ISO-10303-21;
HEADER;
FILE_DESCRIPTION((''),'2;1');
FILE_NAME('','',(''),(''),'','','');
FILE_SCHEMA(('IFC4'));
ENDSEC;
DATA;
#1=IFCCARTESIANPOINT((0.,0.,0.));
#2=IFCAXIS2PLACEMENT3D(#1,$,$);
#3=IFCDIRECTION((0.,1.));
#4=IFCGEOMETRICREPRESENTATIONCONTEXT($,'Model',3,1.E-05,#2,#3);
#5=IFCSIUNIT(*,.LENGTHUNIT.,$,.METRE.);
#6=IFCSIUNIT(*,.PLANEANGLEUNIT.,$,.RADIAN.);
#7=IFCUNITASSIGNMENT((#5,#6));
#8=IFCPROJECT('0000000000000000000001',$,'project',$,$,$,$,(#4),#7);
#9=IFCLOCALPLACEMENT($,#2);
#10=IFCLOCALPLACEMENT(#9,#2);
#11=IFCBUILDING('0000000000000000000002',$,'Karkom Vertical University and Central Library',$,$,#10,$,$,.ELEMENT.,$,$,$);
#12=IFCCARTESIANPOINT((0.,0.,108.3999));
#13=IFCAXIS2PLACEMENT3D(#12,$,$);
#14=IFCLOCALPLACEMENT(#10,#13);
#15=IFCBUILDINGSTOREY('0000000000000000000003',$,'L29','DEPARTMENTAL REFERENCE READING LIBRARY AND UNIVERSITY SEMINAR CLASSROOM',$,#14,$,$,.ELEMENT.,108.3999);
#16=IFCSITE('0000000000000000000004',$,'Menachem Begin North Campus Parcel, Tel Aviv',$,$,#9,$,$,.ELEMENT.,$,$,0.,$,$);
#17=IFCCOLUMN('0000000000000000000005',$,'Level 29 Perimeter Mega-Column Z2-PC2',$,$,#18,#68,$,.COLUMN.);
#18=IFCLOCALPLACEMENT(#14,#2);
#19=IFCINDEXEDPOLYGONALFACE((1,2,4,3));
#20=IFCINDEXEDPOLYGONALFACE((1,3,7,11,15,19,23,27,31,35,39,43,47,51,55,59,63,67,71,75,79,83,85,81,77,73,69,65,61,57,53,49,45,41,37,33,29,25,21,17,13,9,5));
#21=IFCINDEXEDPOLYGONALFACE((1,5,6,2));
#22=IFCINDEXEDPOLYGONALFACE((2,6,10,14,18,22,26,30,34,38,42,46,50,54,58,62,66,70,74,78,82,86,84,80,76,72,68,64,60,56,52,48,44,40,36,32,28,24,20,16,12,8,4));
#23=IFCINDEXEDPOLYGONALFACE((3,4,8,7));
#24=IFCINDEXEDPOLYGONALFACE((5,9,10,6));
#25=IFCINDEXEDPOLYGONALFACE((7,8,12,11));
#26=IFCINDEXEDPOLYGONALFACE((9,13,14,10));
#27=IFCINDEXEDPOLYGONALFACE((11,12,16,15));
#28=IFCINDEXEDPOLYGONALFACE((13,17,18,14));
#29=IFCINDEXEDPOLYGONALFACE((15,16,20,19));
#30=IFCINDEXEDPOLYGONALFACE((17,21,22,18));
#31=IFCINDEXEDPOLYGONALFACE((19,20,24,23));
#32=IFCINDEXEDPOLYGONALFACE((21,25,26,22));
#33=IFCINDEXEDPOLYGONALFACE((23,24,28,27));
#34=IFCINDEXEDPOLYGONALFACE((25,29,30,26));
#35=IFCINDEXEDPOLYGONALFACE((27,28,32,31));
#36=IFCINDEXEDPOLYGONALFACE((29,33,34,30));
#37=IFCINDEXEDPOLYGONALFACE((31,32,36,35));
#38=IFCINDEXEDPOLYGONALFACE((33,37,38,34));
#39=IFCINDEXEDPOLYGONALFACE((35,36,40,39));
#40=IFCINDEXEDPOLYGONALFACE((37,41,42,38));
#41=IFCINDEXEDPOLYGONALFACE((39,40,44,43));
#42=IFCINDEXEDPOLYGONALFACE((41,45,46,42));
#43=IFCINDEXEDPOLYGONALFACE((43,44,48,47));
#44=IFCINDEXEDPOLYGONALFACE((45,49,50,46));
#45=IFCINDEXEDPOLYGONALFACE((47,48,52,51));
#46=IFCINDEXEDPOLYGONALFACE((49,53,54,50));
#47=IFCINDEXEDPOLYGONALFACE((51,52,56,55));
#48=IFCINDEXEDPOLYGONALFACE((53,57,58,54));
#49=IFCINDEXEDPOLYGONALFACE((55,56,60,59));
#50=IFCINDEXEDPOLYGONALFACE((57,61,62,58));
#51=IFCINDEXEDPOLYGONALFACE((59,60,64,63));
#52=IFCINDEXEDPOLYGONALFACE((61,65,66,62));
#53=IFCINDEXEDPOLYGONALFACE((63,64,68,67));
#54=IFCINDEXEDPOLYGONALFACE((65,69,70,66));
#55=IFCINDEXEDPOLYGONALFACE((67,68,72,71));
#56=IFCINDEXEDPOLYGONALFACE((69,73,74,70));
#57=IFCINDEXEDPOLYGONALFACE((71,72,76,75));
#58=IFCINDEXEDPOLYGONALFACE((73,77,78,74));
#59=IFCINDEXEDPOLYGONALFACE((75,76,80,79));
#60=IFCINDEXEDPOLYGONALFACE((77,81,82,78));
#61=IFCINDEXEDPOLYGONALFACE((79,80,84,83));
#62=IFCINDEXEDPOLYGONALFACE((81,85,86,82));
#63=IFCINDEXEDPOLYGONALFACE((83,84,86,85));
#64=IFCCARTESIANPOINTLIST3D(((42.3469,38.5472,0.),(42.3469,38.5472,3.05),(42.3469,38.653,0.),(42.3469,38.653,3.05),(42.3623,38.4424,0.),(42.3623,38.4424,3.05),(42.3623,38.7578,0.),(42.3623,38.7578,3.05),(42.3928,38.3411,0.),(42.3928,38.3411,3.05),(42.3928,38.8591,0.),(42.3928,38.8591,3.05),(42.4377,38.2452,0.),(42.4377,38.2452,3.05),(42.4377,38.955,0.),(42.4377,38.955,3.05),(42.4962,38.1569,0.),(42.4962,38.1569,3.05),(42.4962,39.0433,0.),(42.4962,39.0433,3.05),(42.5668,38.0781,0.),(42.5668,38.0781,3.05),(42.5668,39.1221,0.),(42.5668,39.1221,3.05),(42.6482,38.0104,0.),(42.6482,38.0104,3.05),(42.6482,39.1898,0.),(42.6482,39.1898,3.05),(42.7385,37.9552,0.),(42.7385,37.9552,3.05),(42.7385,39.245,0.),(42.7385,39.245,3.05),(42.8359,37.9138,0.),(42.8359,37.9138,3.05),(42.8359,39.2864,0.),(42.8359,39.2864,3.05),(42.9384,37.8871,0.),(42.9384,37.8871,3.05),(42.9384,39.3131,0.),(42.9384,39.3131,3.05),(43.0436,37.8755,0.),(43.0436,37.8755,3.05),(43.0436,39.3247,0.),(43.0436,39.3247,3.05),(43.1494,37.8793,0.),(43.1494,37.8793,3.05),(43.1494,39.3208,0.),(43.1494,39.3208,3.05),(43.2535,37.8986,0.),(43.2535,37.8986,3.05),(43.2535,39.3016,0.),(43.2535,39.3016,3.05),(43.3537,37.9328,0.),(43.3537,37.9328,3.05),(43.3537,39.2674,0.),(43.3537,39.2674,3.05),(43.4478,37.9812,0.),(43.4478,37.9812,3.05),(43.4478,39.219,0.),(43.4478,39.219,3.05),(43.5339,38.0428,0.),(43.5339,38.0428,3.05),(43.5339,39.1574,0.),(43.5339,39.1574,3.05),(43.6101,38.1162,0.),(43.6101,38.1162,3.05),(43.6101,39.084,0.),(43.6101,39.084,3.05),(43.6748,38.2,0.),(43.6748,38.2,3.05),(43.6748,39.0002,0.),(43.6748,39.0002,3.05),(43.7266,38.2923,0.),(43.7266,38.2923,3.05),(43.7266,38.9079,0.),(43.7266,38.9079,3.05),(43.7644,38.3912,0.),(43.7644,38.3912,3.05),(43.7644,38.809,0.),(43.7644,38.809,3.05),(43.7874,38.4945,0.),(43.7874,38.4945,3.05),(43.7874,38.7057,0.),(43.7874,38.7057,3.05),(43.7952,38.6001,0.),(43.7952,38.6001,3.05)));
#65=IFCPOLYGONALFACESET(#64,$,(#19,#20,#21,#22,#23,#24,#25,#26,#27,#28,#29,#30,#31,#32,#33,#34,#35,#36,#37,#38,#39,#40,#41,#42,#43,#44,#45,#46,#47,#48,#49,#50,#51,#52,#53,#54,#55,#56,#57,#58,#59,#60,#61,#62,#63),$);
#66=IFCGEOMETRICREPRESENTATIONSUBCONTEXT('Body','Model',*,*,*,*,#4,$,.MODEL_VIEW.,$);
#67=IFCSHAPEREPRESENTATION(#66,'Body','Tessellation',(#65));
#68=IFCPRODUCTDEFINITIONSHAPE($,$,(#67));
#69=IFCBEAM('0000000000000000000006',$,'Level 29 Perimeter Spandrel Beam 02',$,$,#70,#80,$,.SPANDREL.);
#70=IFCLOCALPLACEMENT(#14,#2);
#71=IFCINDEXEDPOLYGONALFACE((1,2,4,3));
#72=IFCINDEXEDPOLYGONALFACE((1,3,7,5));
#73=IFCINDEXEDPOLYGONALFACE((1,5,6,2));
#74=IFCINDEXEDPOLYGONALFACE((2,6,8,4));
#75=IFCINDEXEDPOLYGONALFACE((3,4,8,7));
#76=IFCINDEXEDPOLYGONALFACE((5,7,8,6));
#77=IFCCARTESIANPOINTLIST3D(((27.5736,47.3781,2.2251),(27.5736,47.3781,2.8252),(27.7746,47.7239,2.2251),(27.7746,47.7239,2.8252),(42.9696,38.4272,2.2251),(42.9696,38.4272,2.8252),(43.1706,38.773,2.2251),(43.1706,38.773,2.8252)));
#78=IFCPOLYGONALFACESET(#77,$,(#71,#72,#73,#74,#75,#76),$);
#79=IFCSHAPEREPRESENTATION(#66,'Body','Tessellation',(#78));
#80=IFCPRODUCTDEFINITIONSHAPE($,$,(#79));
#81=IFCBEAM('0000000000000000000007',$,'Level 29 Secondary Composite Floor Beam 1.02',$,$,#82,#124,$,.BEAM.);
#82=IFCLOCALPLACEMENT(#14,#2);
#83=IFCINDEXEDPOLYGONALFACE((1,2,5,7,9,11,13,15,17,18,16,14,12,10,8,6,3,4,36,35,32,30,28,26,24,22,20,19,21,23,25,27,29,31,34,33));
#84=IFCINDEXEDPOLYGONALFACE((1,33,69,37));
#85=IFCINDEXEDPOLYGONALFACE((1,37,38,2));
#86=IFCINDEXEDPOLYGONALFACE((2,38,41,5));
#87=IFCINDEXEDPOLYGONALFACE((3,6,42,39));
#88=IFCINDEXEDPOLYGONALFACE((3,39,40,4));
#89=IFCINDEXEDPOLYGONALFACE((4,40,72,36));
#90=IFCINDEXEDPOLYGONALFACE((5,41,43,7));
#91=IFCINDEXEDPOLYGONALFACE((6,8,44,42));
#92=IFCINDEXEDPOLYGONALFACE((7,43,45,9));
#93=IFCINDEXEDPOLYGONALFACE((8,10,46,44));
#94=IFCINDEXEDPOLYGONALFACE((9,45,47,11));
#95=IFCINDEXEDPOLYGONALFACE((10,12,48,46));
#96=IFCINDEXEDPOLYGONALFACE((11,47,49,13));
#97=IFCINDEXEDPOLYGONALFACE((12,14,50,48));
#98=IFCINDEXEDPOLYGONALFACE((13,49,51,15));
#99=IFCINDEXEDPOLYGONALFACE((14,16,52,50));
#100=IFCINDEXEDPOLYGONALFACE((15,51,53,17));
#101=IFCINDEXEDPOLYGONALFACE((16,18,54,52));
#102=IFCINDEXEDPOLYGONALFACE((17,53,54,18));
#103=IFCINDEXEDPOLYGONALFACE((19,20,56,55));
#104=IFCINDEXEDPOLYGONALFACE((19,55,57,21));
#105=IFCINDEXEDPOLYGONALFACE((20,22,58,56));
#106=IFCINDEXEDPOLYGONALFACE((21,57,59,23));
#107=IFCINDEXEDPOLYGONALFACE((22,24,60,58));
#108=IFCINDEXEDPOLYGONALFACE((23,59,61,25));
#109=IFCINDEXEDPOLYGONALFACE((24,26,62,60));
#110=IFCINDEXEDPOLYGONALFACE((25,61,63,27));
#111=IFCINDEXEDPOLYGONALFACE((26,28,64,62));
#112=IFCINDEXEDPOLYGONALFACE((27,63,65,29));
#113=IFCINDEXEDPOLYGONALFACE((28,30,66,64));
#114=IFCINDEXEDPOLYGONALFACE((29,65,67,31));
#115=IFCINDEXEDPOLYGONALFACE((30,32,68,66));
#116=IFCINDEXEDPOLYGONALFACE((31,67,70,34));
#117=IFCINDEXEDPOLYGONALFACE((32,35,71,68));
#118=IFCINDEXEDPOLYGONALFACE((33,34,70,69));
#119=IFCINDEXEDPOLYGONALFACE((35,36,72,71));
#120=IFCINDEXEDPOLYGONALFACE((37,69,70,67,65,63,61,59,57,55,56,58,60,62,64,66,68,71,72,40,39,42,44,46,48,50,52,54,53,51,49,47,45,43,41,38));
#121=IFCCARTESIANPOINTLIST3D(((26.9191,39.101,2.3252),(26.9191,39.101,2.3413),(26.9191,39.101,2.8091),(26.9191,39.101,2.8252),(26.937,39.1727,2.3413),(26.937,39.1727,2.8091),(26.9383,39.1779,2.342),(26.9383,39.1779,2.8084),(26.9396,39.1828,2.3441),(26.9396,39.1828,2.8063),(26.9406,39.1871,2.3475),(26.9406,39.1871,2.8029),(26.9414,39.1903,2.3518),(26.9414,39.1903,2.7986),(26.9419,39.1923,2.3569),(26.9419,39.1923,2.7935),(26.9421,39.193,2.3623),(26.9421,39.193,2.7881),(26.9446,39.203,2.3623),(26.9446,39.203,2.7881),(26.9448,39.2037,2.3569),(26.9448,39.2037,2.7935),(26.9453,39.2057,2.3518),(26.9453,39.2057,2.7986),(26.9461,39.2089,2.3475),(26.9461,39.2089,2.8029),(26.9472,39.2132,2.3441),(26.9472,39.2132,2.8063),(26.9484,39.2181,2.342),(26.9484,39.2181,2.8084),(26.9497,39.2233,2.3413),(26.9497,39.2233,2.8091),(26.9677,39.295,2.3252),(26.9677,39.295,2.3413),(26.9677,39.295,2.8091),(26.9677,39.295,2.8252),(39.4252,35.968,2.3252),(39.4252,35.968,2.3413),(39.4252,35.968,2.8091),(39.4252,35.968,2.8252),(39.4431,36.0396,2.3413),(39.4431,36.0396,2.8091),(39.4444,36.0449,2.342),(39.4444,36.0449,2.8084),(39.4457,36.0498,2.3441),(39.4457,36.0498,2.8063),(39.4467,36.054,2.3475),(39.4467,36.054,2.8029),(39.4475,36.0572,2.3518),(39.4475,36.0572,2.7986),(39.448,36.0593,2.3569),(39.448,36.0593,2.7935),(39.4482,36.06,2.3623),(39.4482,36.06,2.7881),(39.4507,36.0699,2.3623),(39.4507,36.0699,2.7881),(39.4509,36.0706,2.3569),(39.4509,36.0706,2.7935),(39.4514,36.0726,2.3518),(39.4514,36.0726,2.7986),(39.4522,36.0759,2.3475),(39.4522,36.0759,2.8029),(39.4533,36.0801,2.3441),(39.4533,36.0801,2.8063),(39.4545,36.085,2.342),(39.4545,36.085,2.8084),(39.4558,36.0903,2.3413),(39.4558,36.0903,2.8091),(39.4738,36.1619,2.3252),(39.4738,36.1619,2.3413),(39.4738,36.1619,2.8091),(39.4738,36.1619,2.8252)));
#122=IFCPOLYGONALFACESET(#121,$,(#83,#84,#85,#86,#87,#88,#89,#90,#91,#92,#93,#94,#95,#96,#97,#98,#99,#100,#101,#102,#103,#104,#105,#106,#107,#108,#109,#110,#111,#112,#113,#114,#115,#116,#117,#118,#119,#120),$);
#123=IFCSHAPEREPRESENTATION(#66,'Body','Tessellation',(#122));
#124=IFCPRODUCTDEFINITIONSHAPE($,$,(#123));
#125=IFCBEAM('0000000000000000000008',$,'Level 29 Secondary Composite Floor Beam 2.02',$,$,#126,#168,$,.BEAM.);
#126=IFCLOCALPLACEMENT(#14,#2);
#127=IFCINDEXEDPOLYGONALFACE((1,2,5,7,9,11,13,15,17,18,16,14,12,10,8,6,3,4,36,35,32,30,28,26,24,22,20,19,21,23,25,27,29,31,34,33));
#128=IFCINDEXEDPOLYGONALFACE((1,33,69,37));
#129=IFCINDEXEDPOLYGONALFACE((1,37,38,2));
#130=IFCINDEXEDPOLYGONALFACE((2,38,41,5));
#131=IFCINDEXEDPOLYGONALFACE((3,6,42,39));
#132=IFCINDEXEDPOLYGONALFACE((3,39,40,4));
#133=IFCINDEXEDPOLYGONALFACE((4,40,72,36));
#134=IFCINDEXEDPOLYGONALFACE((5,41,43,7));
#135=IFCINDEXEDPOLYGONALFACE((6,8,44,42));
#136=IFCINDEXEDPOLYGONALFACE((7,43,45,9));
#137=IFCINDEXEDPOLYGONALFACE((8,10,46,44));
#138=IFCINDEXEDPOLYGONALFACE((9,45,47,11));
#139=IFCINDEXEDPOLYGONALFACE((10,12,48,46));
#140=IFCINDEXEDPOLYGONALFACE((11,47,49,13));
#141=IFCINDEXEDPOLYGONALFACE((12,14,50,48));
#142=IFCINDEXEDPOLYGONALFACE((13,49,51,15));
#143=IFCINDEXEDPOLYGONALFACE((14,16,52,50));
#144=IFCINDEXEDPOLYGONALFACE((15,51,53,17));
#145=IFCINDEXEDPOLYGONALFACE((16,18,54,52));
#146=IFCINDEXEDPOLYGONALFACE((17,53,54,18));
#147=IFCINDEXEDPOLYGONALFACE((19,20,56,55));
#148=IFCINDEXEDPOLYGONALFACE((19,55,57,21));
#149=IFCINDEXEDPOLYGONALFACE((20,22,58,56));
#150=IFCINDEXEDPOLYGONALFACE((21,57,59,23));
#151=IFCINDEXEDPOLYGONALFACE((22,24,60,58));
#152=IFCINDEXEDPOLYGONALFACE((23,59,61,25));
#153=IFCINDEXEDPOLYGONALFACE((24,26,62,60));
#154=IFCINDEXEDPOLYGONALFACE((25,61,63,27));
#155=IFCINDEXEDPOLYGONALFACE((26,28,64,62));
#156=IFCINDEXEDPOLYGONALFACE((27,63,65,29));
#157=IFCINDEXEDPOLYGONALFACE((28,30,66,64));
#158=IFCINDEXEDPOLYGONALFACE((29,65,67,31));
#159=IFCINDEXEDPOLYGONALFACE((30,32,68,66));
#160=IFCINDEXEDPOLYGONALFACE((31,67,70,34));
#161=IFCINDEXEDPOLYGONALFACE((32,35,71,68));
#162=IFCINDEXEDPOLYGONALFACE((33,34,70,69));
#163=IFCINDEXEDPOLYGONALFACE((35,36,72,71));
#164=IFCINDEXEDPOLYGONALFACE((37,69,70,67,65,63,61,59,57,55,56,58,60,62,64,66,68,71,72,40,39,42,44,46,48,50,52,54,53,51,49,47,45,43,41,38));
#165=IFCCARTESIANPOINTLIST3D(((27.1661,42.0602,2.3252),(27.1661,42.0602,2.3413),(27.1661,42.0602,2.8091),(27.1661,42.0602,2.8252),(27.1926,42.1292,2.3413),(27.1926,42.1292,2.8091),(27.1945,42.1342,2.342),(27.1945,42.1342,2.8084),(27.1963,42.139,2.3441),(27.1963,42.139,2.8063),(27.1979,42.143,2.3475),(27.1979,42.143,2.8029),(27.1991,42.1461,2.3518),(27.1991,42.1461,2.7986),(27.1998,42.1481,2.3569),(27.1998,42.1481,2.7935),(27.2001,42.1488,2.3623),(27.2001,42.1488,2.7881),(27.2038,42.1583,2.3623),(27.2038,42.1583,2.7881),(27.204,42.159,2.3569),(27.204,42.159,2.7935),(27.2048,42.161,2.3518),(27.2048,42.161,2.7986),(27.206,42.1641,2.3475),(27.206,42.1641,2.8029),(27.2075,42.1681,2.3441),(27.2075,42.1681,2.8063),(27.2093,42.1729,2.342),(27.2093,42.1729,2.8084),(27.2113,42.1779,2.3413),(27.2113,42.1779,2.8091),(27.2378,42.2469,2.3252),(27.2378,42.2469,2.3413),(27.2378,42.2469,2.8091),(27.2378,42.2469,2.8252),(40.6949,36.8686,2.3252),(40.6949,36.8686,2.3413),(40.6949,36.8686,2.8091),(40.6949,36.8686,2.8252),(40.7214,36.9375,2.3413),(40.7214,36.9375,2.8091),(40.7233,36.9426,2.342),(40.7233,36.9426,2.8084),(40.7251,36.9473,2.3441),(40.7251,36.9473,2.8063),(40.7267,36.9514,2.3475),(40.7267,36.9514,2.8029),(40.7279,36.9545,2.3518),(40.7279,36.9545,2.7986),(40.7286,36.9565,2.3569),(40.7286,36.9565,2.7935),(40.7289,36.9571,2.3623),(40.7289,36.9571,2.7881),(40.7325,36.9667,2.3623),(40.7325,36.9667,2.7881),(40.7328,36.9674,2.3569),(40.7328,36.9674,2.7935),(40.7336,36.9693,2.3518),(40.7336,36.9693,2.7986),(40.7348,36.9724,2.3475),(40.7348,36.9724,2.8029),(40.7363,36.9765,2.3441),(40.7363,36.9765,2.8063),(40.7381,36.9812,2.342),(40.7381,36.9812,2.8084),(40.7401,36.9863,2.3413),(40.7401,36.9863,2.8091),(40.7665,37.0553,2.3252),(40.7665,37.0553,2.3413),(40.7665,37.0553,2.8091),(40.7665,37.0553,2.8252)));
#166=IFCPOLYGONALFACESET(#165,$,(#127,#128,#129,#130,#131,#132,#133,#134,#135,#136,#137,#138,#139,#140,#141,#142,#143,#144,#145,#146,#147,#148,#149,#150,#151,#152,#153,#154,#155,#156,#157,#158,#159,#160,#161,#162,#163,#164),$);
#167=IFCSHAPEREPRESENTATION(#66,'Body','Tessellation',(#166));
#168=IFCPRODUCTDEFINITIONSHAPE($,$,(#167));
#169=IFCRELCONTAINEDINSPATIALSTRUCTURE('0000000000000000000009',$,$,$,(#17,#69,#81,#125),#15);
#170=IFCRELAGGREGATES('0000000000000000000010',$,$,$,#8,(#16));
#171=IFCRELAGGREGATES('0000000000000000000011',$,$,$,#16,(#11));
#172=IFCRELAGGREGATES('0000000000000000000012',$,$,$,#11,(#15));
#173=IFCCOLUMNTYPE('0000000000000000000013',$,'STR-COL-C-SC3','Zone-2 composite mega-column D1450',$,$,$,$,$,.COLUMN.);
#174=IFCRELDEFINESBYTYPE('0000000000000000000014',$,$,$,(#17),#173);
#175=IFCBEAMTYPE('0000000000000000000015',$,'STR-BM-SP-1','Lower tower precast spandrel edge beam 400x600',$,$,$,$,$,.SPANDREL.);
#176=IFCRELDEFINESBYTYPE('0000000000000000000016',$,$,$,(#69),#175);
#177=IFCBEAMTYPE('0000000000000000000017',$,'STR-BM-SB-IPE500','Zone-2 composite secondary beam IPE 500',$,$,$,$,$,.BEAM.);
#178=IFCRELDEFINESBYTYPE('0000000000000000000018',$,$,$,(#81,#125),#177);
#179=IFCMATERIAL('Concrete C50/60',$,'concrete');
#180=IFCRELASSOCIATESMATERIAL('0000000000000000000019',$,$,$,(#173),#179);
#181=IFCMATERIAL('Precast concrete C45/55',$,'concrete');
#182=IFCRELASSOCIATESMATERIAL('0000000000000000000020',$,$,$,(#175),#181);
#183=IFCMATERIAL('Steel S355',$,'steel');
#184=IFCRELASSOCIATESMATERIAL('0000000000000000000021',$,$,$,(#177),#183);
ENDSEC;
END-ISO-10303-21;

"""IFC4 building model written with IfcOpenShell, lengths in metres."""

from ifc_helpers import new_model, si_unit, direction, frame, origin, origin_with_axes, origin_2d, place, context, subcontext, project, spatial, rectangle, circle, i_section, extrude, source, transform, mapped, material, material_profile, profile_set, type_object, element, save


model = new_model("IFC4")

# Units and contexts
model_context = context("Model", 3, precision=1e-05, world=origin(), true_north=direction((0.0, 1.0)))
body_context = subcontext(model_context, "Body", "Model", "MODEL_VIEW")
ifc_project = project(units=[si_unit("LENGTHUNIT", "METRE"), si_unit("PLANEANGLEUNIT", "RADIAN")], contexts=[model_context])

# Site, building, storey
site_placement = place(None, origin())
site = spatial("IfcSite", under=ifc_project, at=site_placement, Name="Menachem Begin North Campus Parcel, Tel Aviv", CompositionType="ELEMENT", RefElevation=0.0)
building_placement = place(site_placement, origin())
building = spatial("IfcBuilding", under=site, at=building_placement, Name="Karkom Vertical University and Central Library", CompositionType="ELEMENT")
storey_placement = place(building_placement, frame((0.0, 0.0, 108.3999)))
storey = spatial("IfcBuildingStorey", under=building, at=storey_placement, Name="L29", Description="DEPARTMENTAL REFERENCE READING LIBRARY AND UNIVERSITY SEMINAR CLASSROOM", CompositionType="ELEMENT", Elevation=108.3999)

# Column
ifc_material_1 = material(Name="Concrete C50/60", Category="concrete")
ifc_material_profile_1 = material_profile(ifc_material_1, circle(Radius=0.7251, at=origin_2d()), Name="CFT-D1450")
ifc_profile_set_1 = profile_set([ifc_material_profile_1], Name="Concrete C50/60")
column_type = type_object("IfcColumnType", Name="STR-COL-C-SC3", Description="Zone-2 composite mega-column D1450", PredefinedType="COLUMN", material=ifc_profile_set_1)
shared_shape_1 = source(origin_with_axes(), body_context, "Body", "SweptSolid", [
    extrude(circle(Radius=0.7251, at=origin_2d()), origin(), (0.0, 0.0, 1.0), 3.05),
])
column_placement = place(storey_placement, frame((43.0701, 38.6001, 0.0), z_axis=(0.0, 0.0, 1.0), x_axis=(1.0, 0.0, 0.0)))
element("IfcColumn", 1, at=column_placement, inside=storey, type_object=column_type, Name="Level 29 Perimeter Mega-Column Z2-PC2", PredefinedType="COLUMN", context=body_context, shape_type="MappedRepresentation", body=[
    mapped(shared_shape_1, transform((0.0, 0.0, 0.0), scale=1.0)),
])

# Beams
ifc_material_2 = material(Name="Precast concrete C45/55", Category="concrete")
ifc_material_profile_2 = material_profile(ifc_material_2, rectangle(XDim=0.3999, YDim=0.6001, at=origin_2d()), Name="SPB-400x600")
ifc_profile_set_2 = profile_set([ifc_material_profile_2], Name="Precast concrete C45/55")
beam_type_1 = type_object("IfcBeamType", Name="STR-BM-SP-1", Description="Lower tower precast spandrel edge beam 400x600", PredefinedType="SPANDREL", material=ifc_profile_set_2)
shared_shape_2 = source(origin_with_axes(), body_context, "Body", "SweptSolid", [
    extrude(rectangle(XDim=0.3999, YDim=0.6001, at=origin_2d()), origin(), (0.0, 0.0, 1.0), 17.8088),
])
beam_1_placement = place(storey_placement, frame((43.0701, 38.6001, 2.5251), z_axis=(-0.864513, 0.502611, 0.0), x_axis=(-0.502611, -0.864513, 0.0)))
element("IfcBeam", 2, at=beam_1_placement, inside=storey, type_object=beam_type_1, Name="Level 29 Perimeter Spandrel Beam 02", PredefinedType="SPANDREL", context=body_context, shape_type="MappedRepresentation", body=[
    mapped(shared_shape_2, transform((0.0, 0.0, 0.0), scale=1.0)),
])
ifc_material_3 = material(Name="Steel S355", Category="steel")
ifc_material_profile_3 = material_profile(ifc_material_3, i_section(OverallWidth=0.2, OverallDepth=0.5, WebThickness=0.0103, FlangeThickness=0.0161, FilletRadius=0.021, at=origin_2d()), Name="IPE 500")
ifc_profile_set_3 = profile_set([ifc_material_profile_3], Name="Steel S355")
beam_type_2 = type_object("IfcBeamType", Name="STR-BM-SB-IPE500", Description="Zone-2 composite secondary beam IPE 500", PredefinedType="BEAM", material=ifc_profile_set_3)
shared_shape_3 = source(origin_with_axes(), body_context, "Body", "SweptSolid", [
    extrude(i_section(OverallWidth=0.2, OverallDepth=0.5, WebThickness=0.0103, FlangeThickness=0.0161, FilletRadius=0.021, at=origin_2d()), origin(), (0.0, 0.0, 1.0), 12.8926),
])
beam_2_placement = place(storey_placement, frame((39.4495, 36.0649, 2.5752), z_axis=(-0.970023, 0.243012, 0.0), x_axis=(-0.243012, -0.970023, 0.0)))
element("IfcBeam", 3, at=beam_2_placement, inside=storey, type_object=beam_type_2, Name="Level 29 Secondary Composite Floor Beam 1.02", PredefinedType="BEAM", context=body_context, shape_type="MappedRepresentation", body=[
    mapped(shared_shape_3, transform((0.0, 0.0, 0.0), scale=1.0)),
])
shared_shape_4 = source(origin_with_axes(), body_context, "Body", "SweptSolid", [
    extrude(i_section(OverallWidth=0.2, OverallDepth=0.5, WebThickness=0.0103, FlangeThickness=0.0161, FilletRadius=0.021, at=origin_2d()), origin(), (0.0, 0.0, 1.0), 14.4907),
])
beam_3_placement = place(storey_placement, frame((40.7307, 36.9619, 2.5752), z_axis=(-0.933617, 0.358273, 0.0), x_axis=(-0.358273, -0.933617, 0.0)))
element("IfcBeam", 4, at=beam_3_placement, inside=storey, type_object=beam_type_2, Name="Level 29 Secondary Composite Floor Beam 2.02", PredefinedType="BEAM", context=body_context, shape_type="MappedRepresentation", body=[
    mapped(shared_shape_4, transform((0.0, 0.0, 0.0), scale=1.0)),
])

save(model, "model.ifc")
